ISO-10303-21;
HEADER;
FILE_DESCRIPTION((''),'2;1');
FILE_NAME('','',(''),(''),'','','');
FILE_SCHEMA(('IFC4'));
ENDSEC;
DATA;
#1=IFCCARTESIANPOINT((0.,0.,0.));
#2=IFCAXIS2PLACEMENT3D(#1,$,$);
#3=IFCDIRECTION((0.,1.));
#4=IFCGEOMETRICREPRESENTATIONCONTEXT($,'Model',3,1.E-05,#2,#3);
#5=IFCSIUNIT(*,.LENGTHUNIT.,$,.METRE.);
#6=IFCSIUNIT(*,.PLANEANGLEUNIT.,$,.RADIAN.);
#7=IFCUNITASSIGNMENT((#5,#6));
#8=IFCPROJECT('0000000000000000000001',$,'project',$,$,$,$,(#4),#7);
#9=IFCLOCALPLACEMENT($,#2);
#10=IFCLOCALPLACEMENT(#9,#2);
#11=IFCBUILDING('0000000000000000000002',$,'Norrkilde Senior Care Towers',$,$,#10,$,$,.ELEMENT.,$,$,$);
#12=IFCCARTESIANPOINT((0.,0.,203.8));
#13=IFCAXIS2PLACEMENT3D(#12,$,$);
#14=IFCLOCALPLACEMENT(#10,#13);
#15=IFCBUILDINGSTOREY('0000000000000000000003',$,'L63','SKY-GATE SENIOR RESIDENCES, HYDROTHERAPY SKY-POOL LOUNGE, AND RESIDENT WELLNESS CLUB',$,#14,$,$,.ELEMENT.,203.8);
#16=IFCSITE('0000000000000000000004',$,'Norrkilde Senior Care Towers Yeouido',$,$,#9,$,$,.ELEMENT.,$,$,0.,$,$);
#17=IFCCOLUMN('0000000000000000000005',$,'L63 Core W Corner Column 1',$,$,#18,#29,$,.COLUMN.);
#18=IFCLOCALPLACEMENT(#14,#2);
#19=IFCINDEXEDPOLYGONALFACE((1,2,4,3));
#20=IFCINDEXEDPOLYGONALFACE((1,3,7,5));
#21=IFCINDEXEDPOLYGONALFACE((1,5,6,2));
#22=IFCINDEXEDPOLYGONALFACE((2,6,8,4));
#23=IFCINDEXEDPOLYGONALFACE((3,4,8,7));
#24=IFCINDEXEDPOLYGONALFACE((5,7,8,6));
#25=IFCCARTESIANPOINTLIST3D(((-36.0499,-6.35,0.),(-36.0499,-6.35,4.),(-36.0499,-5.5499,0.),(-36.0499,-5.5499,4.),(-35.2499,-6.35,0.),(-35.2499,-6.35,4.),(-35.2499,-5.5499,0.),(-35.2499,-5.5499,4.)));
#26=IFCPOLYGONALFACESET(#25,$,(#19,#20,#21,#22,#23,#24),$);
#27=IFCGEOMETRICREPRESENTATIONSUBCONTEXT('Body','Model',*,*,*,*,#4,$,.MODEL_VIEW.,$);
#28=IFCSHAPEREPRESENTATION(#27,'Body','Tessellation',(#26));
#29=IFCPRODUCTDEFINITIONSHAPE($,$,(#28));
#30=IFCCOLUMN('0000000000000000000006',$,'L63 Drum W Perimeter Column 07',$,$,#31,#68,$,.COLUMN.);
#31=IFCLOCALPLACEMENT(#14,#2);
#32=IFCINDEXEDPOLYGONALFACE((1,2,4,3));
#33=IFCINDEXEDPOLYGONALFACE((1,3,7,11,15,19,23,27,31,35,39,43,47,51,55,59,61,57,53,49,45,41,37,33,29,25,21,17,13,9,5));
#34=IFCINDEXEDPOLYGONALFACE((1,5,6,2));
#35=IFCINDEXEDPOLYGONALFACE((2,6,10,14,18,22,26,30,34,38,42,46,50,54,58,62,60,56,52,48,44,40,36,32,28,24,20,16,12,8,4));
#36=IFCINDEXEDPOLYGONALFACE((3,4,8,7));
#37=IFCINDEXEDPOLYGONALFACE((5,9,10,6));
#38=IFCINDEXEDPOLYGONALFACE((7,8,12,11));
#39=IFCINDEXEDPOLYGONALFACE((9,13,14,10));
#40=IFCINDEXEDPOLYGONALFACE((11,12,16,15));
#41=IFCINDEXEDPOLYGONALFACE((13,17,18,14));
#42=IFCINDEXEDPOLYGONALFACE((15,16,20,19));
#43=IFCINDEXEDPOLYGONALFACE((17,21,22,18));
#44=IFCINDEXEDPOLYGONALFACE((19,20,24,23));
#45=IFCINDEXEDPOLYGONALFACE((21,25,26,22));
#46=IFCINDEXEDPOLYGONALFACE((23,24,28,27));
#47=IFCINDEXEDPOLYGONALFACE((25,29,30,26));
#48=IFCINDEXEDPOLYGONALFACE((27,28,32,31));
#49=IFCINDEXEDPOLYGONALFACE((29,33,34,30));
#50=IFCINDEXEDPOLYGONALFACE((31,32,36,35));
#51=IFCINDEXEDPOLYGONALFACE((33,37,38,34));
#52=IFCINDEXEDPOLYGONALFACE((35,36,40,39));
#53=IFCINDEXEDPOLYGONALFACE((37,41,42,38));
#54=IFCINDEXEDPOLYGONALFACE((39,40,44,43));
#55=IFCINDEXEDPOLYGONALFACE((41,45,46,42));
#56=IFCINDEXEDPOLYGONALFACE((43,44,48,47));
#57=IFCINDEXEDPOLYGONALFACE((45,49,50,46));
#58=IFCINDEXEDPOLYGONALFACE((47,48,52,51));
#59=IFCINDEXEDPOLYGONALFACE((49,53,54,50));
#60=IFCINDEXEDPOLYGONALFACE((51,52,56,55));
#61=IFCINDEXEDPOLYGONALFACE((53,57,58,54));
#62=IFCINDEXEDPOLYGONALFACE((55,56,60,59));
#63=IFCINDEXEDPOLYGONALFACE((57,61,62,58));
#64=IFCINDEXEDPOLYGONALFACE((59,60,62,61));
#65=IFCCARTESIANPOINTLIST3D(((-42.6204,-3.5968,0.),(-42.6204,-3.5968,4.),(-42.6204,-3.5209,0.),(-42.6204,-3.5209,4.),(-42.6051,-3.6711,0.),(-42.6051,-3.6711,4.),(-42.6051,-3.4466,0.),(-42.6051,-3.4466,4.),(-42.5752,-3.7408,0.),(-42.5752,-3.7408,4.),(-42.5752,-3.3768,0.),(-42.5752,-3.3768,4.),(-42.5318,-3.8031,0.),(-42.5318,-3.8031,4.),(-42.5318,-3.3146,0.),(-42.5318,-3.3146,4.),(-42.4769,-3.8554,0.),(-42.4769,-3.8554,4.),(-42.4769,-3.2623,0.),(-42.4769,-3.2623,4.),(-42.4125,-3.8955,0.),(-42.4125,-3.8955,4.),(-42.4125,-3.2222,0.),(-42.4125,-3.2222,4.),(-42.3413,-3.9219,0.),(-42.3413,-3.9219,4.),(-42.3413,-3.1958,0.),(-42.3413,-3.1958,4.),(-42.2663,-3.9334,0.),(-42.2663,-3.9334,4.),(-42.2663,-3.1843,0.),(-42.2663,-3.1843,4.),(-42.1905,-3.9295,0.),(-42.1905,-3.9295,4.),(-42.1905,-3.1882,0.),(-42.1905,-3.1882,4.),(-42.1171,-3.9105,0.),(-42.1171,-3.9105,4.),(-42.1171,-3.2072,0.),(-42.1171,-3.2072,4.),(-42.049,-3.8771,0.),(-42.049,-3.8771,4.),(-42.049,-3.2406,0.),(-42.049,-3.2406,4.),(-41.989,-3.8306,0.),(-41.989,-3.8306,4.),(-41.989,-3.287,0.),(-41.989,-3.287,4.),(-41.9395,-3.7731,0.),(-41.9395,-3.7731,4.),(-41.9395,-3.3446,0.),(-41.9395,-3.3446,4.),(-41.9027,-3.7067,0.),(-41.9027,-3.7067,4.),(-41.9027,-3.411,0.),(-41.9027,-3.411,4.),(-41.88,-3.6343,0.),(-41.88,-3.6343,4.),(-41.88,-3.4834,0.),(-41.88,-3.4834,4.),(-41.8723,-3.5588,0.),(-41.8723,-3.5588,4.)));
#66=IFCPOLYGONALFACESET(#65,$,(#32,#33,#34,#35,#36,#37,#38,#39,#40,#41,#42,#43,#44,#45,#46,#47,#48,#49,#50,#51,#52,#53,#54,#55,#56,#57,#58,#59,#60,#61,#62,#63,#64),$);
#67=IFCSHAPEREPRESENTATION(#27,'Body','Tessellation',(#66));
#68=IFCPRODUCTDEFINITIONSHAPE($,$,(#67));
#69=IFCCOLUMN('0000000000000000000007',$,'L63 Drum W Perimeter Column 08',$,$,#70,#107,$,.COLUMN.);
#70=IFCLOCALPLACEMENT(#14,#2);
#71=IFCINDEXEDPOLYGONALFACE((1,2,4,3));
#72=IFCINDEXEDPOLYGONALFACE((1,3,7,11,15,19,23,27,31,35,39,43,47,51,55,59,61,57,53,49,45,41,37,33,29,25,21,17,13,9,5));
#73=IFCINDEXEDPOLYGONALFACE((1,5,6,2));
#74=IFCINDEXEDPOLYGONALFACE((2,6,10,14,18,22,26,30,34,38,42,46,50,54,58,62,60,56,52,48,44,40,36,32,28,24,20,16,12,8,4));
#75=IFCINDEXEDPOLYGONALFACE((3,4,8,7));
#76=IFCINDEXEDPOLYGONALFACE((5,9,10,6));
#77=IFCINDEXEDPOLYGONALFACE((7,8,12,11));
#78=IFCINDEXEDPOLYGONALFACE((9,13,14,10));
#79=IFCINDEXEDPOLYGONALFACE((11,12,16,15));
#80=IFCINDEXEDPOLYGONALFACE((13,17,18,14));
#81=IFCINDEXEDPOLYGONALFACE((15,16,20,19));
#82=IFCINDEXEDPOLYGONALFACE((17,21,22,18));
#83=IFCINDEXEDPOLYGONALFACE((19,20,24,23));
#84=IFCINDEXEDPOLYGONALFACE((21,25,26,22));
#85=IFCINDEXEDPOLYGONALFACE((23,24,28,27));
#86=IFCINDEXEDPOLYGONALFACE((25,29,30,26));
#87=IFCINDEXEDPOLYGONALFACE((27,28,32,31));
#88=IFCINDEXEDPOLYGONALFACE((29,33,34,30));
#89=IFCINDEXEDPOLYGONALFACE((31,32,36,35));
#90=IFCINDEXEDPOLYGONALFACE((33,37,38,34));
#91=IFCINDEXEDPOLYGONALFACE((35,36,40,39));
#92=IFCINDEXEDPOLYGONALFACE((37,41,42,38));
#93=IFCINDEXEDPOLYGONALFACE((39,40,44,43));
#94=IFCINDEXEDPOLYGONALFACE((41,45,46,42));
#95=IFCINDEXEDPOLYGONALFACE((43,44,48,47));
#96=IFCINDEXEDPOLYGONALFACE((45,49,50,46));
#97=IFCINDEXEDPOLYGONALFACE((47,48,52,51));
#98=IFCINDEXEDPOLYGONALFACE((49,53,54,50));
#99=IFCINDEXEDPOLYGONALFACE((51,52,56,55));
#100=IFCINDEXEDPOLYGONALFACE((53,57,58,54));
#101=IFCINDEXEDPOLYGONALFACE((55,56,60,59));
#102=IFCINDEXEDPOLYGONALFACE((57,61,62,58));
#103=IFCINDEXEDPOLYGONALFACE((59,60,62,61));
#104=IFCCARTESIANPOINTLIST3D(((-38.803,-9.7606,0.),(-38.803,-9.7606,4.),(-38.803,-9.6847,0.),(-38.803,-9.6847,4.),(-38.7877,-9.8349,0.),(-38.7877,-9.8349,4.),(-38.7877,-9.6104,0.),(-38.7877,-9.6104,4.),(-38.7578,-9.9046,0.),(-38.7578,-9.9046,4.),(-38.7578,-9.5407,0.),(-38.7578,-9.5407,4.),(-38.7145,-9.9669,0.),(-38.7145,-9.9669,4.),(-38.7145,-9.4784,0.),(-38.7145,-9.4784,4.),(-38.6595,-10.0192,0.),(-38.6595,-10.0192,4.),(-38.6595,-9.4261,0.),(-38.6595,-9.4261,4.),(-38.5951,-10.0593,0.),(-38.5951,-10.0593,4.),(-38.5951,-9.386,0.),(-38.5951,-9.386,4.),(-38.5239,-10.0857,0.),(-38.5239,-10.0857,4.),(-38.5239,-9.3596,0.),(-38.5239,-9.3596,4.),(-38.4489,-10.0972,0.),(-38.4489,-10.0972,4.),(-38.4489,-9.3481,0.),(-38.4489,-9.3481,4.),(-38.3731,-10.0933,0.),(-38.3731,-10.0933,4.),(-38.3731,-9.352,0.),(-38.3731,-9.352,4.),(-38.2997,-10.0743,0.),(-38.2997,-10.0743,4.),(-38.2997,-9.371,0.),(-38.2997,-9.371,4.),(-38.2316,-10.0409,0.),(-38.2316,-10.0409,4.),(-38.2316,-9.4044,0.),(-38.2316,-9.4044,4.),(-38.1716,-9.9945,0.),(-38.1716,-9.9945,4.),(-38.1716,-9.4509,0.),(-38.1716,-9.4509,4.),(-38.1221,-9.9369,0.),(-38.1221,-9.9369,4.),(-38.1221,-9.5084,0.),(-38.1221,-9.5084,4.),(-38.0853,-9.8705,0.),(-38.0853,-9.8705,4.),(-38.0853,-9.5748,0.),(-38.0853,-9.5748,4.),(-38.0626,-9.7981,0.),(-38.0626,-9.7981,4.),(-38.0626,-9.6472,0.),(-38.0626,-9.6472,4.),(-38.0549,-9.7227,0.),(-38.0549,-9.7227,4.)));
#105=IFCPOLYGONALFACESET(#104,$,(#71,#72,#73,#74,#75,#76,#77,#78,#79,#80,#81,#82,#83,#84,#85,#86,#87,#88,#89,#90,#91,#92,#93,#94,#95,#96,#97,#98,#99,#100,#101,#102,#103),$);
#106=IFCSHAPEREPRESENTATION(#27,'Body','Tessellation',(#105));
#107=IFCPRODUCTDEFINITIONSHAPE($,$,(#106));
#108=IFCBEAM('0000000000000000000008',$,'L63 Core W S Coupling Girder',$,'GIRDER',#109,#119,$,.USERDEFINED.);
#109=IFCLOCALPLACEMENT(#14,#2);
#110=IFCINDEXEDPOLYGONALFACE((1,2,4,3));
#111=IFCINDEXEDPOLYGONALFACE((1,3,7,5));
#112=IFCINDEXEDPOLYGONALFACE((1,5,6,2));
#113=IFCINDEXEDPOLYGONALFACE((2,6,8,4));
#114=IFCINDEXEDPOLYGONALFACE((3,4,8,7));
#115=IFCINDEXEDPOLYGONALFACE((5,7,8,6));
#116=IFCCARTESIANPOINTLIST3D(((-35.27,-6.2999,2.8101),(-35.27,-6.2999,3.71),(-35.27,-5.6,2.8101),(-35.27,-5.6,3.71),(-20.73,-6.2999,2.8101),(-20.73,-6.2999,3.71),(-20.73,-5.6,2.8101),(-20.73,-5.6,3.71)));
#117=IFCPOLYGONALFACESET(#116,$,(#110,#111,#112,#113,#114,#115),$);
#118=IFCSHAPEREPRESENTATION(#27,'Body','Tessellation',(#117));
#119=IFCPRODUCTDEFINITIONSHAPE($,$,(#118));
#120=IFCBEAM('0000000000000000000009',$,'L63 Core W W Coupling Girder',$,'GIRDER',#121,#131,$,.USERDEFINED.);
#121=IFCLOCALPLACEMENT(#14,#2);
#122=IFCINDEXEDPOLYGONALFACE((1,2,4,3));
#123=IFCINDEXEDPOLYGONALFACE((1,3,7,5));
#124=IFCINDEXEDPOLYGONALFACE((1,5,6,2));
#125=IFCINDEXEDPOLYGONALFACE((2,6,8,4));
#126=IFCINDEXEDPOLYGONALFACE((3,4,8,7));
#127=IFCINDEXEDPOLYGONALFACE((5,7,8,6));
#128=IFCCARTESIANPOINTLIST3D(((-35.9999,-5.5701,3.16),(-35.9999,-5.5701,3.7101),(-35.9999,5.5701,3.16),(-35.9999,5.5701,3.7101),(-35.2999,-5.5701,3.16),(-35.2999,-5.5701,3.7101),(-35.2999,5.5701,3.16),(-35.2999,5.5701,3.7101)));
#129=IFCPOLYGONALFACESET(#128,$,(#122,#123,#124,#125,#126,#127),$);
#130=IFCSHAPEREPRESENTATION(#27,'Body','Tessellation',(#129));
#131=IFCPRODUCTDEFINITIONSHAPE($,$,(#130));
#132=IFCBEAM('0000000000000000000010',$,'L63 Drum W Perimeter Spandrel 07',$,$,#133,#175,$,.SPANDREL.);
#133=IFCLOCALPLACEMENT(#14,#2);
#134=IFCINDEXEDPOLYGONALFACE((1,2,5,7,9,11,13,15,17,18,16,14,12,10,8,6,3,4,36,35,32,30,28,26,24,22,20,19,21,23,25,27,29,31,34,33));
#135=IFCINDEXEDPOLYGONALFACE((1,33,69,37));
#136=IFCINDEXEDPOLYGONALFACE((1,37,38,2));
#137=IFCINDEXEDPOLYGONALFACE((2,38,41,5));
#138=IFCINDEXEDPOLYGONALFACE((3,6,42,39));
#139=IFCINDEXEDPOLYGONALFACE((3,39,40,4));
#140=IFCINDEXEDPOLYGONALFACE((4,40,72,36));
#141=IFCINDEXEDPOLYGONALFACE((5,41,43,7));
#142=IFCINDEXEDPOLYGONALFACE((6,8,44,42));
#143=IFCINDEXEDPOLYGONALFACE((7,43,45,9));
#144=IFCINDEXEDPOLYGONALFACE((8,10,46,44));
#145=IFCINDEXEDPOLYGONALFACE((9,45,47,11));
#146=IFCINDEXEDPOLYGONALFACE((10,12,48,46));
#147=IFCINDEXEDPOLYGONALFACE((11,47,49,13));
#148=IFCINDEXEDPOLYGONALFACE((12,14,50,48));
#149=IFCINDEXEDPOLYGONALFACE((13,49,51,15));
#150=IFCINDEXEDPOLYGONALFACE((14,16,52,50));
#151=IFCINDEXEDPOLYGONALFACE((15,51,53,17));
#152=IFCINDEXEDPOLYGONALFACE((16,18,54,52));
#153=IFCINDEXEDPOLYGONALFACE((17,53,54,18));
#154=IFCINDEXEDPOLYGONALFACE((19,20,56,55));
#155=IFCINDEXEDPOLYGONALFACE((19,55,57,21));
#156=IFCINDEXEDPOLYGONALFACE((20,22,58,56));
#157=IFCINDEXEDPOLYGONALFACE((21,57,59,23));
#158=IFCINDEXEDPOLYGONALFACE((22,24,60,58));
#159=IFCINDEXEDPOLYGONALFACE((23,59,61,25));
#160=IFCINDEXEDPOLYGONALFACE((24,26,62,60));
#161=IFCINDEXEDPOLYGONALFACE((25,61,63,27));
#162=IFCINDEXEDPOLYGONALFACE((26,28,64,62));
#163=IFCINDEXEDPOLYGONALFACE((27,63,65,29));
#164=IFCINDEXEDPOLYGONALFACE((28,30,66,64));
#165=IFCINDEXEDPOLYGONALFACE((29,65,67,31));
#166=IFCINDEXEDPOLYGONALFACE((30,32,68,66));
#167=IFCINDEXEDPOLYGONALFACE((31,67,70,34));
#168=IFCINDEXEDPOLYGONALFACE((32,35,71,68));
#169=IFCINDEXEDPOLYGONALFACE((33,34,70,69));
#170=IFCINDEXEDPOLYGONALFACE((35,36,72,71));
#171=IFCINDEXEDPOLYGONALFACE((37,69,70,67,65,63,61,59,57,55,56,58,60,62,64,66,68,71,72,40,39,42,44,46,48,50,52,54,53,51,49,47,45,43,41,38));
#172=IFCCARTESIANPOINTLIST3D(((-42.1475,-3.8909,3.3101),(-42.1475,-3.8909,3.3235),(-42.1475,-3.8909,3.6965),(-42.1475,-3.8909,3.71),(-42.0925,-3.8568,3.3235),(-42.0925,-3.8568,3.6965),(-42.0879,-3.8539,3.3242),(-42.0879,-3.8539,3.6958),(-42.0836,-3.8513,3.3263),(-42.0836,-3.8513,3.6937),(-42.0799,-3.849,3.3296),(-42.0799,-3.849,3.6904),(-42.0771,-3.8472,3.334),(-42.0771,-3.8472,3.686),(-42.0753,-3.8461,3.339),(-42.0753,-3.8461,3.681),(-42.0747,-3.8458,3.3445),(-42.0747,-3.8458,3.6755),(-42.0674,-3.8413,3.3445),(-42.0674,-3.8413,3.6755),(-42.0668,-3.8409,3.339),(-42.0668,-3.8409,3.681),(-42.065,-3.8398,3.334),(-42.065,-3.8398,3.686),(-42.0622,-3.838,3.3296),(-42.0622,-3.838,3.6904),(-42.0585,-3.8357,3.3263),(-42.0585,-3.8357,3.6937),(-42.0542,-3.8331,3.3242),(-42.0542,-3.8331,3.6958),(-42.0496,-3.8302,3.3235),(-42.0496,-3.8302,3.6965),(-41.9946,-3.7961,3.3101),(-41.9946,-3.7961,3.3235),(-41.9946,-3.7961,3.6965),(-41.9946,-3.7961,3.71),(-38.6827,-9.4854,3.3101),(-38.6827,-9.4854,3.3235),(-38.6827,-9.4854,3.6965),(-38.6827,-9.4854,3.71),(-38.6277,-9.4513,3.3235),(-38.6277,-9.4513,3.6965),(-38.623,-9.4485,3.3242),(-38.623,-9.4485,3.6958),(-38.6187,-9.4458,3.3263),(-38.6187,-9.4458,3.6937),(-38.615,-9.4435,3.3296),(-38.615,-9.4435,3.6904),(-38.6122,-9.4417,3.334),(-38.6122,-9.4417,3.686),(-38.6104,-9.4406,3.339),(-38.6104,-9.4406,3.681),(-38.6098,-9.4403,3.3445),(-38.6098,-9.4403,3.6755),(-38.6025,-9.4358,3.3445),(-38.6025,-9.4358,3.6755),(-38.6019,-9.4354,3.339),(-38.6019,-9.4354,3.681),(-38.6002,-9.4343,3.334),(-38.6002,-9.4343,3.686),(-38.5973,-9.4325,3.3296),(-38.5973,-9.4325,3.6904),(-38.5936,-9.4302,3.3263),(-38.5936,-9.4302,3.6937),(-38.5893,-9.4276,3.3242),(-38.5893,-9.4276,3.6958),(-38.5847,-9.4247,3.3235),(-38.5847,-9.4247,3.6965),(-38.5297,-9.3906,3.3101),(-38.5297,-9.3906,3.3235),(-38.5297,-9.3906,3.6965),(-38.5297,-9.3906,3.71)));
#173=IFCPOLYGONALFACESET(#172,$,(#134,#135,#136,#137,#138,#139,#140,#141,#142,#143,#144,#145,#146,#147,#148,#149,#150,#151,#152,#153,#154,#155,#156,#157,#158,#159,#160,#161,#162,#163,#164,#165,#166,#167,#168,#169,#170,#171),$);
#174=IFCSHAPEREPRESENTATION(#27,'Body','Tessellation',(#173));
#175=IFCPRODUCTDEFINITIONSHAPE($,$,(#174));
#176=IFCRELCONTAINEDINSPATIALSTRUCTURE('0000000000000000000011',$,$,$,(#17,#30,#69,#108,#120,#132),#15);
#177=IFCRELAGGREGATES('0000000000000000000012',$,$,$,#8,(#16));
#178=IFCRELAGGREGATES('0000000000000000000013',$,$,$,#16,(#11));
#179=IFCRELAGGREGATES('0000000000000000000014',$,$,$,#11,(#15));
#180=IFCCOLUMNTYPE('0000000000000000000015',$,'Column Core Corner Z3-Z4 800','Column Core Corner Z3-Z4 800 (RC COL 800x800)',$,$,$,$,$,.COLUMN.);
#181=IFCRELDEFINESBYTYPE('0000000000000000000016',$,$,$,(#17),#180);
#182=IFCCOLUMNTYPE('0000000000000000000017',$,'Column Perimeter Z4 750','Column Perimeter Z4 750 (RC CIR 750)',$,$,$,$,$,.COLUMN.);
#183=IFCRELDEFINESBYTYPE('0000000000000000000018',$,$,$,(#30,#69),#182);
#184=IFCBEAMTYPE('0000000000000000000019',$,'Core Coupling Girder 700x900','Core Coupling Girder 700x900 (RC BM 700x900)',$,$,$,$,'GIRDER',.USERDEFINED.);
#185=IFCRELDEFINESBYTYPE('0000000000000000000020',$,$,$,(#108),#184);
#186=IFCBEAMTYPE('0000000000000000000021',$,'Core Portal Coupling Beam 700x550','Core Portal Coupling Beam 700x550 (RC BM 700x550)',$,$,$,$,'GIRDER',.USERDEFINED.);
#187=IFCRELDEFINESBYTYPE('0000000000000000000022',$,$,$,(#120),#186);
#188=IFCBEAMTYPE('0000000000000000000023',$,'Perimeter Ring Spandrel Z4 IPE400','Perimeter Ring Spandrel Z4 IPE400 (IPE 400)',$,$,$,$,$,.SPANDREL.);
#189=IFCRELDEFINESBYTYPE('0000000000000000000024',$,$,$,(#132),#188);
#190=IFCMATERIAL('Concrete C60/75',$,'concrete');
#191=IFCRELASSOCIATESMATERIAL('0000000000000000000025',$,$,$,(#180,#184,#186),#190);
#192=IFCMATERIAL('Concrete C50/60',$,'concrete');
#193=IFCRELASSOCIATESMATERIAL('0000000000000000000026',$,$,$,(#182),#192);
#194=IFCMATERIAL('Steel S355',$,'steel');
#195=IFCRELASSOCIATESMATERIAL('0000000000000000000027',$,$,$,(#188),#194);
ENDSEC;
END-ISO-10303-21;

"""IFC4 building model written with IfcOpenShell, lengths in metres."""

from ifc_helpers import new_model, si_unit, direction, frame, origin, origin_2d, place, context, subcontext, project, spatial, rectangle, circle, i_section, extrude, source, transform, mapped, material, material_profile, profile_set, type_object, type_shapes, element, save


model = new_model("IFC4")

# Units and contexts
model_context = context("Model", 3, precision=1e-05, world=origin(), true_north=direction((0.0, 1.0)))
body_context = subcontext(model_context, "Body", "Model", "MODEL_VIEW")
ifc_project = project(units=[si_unit("LENGTHUNIT", "METRE"), si_unit("PLANEANGLEUNIT", "RADIAN")], contexts=[model_context])

# Site, building, storey
site_placement = place(None, origin())
site = spatial("IfcSite", under=ifc_project, at=site_placement, Name="Norrkilde Senior Care Towers Yeouido", CompositionType="ELEMENT", RefElevation=0.0)
building_placement = place(site_placement, origin())
building = spatial("IfcBuilding", under=site, at=building_placement, Name="Norrkilde Senior Care Towers", CompositionType="ELEMENT")
storey_placement = place(building_placement, frame((0.0, 0.0, 203.8)))
storey = spatial("IfcBuildingStorey", under=building, at=storey_placement, Name="L63", Description="SKY-GATE SENIOR RESIDENCES, HYDROTHERAPY SKY-POOL LOUNGE, AND RESIDENT WELLNESS CLUB", CompositionType="ELEMENT", Elevation=203.8)

# Columns
ifc_material_1 = material(Name="Concrete C60/75", Category="concrete")
ifc_material_profile_1 = material_profile(ifc_material_1, rectangle(XDim=0.8, YDim=0.8, at=origin_2d()), Name="RC COL 800x800")
ifc_profile_set_1 = profile_set([ifc_material_profile_1], Name="Concrete C60/75")
column_type_1 = type_object("IfcColumnType", Name="Column Core Corner Z3-Z4 800", Description="Column Core Corner Z3-Z4 800 (RC COL 800x800)", PredefinedType="COLUMN", material=ifc_profile_set_1)
shared_shape_1 = source(origin(), body_context, "Body", "SweptSolid", [
    extrude(rectangle(XDim=0.8, YDim=0.8, at=origin_2d()), origin(), (0.0, 0.0, 1.0), 4.0),
])
type_shapes(column_type_1, [shared_shape_1])
column_placement = place(storey_placement, frame((-35.6499, -5.95, 0.0), z_axis=(0.0, 0.0, 1.0), x_axis=(1.0, 0.0, 0.0)))
element("IfcColumn", 1, at=column_placement, inside=storey, type_object=column_type_1, Name="L63 Core W Corner Column 1", PredefinedType="COLUMN", context=body_context, shape_type="MappedRepresentation", body=[
    mapped(shared_shape_1, transform((0.0, 0.0, 0.0), x_axis=(1.0, 0.0, 0.0), y_axis=(0.0, 1.0, 0.0), z_axis=(0.0, 0.0, 1.0), scale=1.0)),
])
ifc_material_2 = material(Name="Concrete C50/60", Category="concrete")
ifc_material_profile_2 = material_profile(ifc_material_2, circle(Radius=0.375, at=origin_2d()), Name="RC CIR 750")
ifc_profile_set_2 = profile_set([ifc_material_profile_2], Name="Concrete C50/60")
column_type_2 = type_object("IfcColumnType", Name="Column Perimeter Z4 750", Description="Column Perimeter Z4 750 (RC CIR 750)", PredefinedType="COLUMN", material=ifc_profile_set_2)
shared_shape_2 = source(origin(), body_context, "Body", "SweptSolid", [
    extrude(circle(Radius=0.375, at=origin_2d()), origin(), (0.0, 0.0, 1.0), 4.0),
])
type_shapes(column_type_2, [shared_shape_2])
for number, where, z_axis, x_axis, name in (
    (2, (-42.2473, -3.5588, 0.0), (0.0, 0.0, 1.0), (1.0, 0.0, 0.0), "L63 Drum W Perimeter Column 07"),
    (3, (-38.4299, -9.7227, 0.0), (0.0, 0.0, 1.0), (1.0, 0.0, 0.0), "L63 Drum W Perimeter Column 08"),
):
    element("IfcColumn", number, at=place(storey_placement, frame(where, z_axis=z_axis, x_axis=x_axis)), inside=storey, type_object=column_type_2, Name=name, PredefinedType="COLUMN", context=body_context, shape_type="MappedRepresentation", body=[
        mapped(shared_shape_2, transform((0.0, 0.0, 0.0), x_axis=(1.0, 0.0, 0.0), y_axis=(0.0, 1.0, 0.0), z_axis=(0.0, 0.0, 1.0), scale=1.0)),
    ])

# Beams
ifc_material_profile_3 = material_profile(ifc_material_1, rectangle(XDim=0.7, YDim=0.8999, at=origin_2d()), Name="RC BM 700x900")
ifc_profile_set_3 = profile_set([ifc_material_profile_3], Name="Concrete C60/75")
beam_type_1 = type_object("IfcBeamType", Name="Core Coupling Girder 700x900", Description="Core Coupling Girder 700x900 (RC BM 700x900)", ElementType="GIRDER", PredefinedType="USERDEFINED", material=ifc_profile_set_3)
shared_shape_3 = source(origin(), body_context, "Body", "SweptSolid", [
    extrude(rectangle(XDim=0.7, YDim=0.8999, at=origin_2d()), origin(), (0.0, 0.0, 1.0), 14.54),
])
type_shapes(beam_type_1, [shared_shape_3])
beam_1_placement = place(storey_placement, frame((-35.27, -5.95, 3.26), z_axis=(1.0, 0.0, 0.0), x_axis=(0.0, 1.0, 0.0)))
element("IfcBeam", 4, at=beam_1_placement, inside=storey, type_object=beam_type_1, Name="L63 Core W S Coupling Girder", ObjectType="GIRDER", PredefinedType="USERDEFINED", context=body_context, shape_type="MappedRepresentation", body=[
    mapped(shared_shape_3, transform((0.0, 0.0, 0.0), x_axis=(1.0, 0.0, 0.0), y_axis=(0.0, 1.0, 0.0), z_axis=(0.0, 0.0, 1.0), scale=1.0)),
])
ifc_material_profile_4 = material_profile(ifc_material_1, rectangle(XDim=0.7, YDim=0.55, at=origin_2d()), Name="RC BM 700x550")
ifc_profile_set_4 = profile_set([ifc_material_profile_4], Name="Concrete C60/75")
beam_type_2 = type_object("IfcBeamType", Name="Core Portal Coupling Beam 700x550", Description="Core Portal Coupling Beam 700x550 (RC BM 700x550)", ElementType="GIRDER", PredefinedType="USERDEFINED", material=ifc_profile_set_4)
shared_shape_4 = source(origin(), body_context, "Body", "SweptSolid", [
    extrude(rectangle(XDim=0.7, YDim=0.55, at=origin_2d()), origin(), (0.0, 0.0, 1.0), 11.1401),
])
type_shapes(beam_type_2, [shared_shape_4])
beam_2_placement = place(storey_placement, frame((-35.6499, -5.5701, 3.4351), z_axis=(0.0, 1.0, 0.0), x_axis=(-1.0, 0.0, 0.0)))
element("IfcBeam", 5, at=beam_2_placement, inside=storey, type_object=beam_type_2, Name="L63 Core W W Coupling Girder", ObjectType="GIRDER", PredefinedType="USERDEFINED", context=body_context, shape_type="MappedRepresentation", body=[
    mapped(shared_shape_4, transform((0.0, 0.0, 0.0), x_axis=(1.0, 0.0, 0.0), y_axis=(0.0, 1.0, 0.0), z_axis=(0.0, 0.0, 1.0), scale=1.0)),
])
ifc_material_3 = material(Name="Steel S355", Category="steel")
ifc_material_profile_5 = material_profile(ifc_material_3, i_section(OverallWidth=0.1799, OverallDepth=0.3999, WebThickness=0.0085, FlangeThickness=0.0134, FilletRadius=0.021, at=origin_2d()), Name="IPE 400")
ifc_profile_set_5 = profile_set([ifc_material_profile_5], Name="Steel S355")
beam_type_3 = type_object("IfcBeamType", Name="Perimeter Ring Spandrel Z4 IPE400", Description="Perimeter Ring Spandrel Z4 IPE400 (IPE 400)", PredefinedType="SPANDREL", material=ifc_profile_set_5)
shared_shape_5 = source(origin(), body_context, "Body", "SweptSolid", [
    extrude(i_section(OverallWidth=0.1799, OverallDepth=0.3999, WebThickness=0.0085, FlangeThickness=0.0134, FilletRadius=0.021, at=origin_2d()), origin(), (0.0, 0.0, 1.0), 6.5806),
])
beam_3_placement = place(storey_placement, frame((-42.071, -3.8435, 3.51), z_axis=(0.52653, -0.850157, 0.0), x_axis=(0.850157, 0.52653, 0.0)))
element("IfcBeam", 6, at=beam_3_placement, inside=storey, type_object=beam_type_3, Name="L63 Drum W Perimeter Spandrel 07", PredefinedType="SPANDREL", context=body_context, shape_type="MappedRepresentation", body=[
    mapped(shared_shape_5, transform((0.0, 0.0, 0.0), x_axis=(1.0, 0.0, 0.0), y_axis=(0.0, 1.0, 0.0), z_axis=(0.0, 0.0, 1.0), scale=1.0)),
])

save(model, "model.ifc")
